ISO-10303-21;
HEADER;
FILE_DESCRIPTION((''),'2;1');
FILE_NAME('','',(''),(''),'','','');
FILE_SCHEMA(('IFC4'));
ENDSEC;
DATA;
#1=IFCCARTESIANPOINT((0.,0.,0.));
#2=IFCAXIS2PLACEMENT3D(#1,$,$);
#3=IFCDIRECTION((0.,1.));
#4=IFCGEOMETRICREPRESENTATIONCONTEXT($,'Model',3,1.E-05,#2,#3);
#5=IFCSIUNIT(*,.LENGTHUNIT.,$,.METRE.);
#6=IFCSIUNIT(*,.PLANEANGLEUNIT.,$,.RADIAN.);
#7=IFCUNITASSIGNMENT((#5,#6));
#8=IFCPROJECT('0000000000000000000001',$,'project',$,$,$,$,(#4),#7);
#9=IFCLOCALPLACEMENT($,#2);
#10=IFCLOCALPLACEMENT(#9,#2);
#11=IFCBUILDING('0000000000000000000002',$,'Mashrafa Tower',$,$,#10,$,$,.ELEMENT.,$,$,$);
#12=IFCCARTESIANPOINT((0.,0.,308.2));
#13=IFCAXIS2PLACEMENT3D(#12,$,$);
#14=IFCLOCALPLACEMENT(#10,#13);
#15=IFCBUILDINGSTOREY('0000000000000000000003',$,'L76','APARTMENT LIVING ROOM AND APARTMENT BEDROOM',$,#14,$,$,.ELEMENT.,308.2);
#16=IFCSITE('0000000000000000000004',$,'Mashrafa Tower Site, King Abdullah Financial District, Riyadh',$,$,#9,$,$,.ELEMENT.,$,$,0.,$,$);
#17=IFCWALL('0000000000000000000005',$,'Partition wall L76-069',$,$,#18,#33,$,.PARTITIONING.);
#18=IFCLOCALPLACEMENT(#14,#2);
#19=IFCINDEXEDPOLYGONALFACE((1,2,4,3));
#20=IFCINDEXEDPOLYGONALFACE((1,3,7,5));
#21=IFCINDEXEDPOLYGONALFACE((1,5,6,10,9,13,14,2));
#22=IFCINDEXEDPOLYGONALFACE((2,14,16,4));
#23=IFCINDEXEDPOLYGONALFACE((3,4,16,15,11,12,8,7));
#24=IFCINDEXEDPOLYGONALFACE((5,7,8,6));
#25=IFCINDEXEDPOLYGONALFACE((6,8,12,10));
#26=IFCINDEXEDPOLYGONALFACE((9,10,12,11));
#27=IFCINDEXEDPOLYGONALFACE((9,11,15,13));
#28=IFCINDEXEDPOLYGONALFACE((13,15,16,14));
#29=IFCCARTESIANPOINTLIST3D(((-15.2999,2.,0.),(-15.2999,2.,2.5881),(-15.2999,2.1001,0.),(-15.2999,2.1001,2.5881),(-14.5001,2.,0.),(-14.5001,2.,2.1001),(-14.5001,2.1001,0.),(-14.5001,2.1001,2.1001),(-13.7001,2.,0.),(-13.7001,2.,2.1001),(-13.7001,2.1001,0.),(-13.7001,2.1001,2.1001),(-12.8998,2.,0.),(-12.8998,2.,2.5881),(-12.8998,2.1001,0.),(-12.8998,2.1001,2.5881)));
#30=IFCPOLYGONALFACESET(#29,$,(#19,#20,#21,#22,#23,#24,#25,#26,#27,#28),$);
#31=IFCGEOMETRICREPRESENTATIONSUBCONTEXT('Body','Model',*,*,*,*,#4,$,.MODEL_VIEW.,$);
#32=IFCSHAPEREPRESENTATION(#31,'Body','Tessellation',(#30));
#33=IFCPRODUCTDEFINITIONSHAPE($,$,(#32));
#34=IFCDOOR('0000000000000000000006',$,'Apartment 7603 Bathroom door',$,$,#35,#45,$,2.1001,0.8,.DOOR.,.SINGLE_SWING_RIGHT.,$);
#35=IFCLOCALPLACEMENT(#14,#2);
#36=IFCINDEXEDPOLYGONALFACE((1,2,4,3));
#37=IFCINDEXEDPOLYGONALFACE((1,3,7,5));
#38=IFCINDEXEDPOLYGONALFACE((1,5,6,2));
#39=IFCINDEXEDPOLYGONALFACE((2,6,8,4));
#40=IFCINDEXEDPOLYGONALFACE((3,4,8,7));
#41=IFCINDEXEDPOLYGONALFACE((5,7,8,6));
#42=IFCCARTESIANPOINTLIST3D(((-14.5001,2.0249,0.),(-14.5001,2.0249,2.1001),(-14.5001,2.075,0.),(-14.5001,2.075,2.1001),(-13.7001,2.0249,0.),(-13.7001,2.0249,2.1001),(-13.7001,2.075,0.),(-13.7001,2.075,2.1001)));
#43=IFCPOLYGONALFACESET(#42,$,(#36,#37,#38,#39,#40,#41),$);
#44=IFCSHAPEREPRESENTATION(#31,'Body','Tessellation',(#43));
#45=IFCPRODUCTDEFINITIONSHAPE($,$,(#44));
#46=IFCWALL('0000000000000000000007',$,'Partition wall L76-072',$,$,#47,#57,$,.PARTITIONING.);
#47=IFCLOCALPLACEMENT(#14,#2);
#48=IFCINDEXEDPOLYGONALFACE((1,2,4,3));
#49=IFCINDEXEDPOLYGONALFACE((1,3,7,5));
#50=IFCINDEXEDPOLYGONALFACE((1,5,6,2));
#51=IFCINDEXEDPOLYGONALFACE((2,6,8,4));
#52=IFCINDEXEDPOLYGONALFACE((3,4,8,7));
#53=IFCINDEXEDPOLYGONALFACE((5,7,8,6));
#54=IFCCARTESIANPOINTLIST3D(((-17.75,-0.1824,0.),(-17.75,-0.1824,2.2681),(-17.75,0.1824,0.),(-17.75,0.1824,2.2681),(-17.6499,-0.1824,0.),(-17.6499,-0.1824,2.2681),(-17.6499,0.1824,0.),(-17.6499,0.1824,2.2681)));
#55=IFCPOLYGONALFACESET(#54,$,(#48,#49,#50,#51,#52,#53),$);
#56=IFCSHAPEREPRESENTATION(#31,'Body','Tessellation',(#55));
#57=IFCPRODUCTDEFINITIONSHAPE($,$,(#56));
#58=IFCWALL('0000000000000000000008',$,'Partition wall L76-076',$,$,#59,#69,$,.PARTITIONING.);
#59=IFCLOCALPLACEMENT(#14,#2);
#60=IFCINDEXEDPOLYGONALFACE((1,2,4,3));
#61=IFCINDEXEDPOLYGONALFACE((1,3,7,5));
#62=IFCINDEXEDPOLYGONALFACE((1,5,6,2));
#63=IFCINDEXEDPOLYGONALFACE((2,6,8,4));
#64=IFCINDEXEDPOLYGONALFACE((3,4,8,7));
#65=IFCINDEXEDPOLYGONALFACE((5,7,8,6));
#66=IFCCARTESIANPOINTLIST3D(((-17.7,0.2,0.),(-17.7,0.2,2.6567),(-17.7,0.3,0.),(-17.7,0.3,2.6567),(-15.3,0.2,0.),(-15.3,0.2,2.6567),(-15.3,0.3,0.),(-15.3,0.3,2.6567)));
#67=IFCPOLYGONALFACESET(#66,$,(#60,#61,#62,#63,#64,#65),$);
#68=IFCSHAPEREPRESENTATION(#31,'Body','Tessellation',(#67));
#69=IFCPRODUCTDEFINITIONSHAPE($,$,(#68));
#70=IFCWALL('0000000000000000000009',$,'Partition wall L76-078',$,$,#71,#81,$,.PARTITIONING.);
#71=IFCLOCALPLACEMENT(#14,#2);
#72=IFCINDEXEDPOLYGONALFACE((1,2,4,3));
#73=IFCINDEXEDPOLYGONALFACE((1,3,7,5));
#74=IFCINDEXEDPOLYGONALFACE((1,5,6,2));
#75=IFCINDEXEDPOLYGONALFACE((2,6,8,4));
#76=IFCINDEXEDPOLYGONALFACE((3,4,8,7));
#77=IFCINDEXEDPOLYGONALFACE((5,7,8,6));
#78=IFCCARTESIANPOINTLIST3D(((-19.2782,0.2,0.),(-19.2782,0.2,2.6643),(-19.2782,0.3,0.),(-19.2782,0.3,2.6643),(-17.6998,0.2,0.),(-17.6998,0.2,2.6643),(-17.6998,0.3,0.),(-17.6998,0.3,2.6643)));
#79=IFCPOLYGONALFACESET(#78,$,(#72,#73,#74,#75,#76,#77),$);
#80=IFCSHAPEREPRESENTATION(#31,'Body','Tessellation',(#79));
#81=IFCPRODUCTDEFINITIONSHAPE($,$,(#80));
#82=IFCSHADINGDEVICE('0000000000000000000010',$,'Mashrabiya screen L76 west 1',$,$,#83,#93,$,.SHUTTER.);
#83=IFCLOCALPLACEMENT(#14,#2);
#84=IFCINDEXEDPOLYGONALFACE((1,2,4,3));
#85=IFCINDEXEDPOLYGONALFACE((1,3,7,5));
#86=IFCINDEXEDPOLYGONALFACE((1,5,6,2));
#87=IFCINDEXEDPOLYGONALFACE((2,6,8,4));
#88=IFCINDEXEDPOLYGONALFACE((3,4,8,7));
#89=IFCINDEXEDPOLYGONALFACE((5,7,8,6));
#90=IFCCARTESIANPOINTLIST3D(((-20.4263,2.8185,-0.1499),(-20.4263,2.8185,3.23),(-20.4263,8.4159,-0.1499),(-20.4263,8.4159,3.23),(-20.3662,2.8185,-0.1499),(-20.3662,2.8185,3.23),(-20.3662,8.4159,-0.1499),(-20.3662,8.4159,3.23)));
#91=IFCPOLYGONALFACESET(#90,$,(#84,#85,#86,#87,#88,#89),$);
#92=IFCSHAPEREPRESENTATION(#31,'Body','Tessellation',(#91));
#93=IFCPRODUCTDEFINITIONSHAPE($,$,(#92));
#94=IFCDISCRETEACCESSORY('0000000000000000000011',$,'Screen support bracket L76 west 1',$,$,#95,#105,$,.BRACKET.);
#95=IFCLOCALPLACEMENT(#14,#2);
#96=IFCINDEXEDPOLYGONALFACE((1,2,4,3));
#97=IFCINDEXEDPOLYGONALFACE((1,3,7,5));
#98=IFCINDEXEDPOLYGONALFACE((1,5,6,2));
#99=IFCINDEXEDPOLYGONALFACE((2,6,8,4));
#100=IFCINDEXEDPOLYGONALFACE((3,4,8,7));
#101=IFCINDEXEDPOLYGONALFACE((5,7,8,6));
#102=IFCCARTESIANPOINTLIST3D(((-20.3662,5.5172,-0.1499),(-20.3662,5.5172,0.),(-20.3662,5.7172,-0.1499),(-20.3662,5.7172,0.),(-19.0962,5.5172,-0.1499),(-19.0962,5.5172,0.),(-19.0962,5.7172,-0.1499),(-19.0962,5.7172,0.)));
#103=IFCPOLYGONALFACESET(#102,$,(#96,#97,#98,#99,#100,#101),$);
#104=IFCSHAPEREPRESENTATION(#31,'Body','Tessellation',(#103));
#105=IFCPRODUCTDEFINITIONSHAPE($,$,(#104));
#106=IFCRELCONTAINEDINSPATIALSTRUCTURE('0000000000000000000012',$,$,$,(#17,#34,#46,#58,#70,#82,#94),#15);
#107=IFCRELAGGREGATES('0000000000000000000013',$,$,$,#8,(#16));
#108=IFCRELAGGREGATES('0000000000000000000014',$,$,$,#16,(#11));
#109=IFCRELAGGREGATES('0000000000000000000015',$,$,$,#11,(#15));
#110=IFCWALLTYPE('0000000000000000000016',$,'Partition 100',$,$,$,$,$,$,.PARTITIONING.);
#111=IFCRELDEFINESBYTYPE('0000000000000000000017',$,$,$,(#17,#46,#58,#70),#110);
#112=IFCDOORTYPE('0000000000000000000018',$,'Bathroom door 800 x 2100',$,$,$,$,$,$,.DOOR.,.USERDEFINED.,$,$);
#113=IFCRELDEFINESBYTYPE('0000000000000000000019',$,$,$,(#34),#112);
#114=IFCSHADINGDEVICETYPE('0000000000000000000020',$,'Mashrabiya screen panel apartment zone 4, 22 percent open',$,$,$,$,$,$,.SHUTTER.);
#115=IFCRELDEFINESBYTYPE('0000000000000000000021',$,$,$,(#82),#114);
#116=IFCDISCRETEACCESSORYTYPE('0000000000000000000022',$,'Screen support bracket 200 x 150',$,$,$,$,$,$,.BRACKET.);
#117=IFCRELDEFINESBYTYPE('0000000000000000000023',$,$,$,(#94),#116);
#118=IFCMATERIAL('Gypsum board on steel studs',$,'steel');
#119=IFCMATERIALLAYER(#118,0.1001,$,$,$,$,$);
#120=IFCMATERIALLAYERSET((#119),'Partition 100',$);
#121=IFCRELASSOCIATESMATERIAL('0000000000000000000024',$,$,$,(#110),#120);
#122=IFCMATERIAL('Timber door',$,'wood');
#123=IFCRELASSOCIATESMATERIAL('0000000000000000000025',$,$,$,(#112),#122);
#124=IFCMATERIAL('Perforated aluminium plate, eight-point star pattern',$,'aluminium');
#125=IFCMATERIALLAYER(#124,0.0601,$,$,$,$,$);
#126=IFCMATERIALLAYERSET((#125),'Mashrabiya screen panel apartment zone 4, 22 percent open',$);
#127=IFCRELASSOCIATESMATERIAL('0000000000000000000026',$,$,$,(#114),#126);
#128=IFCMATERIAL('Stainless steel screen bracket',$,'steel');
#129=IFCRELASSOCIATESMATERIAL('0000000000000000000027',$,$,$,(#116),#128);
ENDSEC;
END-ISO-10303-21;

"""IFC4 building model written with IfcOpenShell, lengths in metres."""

from ifc_helpers import new_model, si_unit, direction, frame, frame_2d, origin, origin_2d, place, context, subcontext, project, spatial, rectangle, extrude, source, transform, mapped, material, layer, layer_set, type_object, type_shapes, element, fill, save


model = new_model("IFC4")

# Units and contexts
model_context = context("Model", 3, precision=1e-05, world=origin(), true_north=direction((0.0, 1.0)))
body_context = subcontext(model_context, "Body", "Model", "MODEL_VIEW")
ifc_project = project(units=[si_unit("LENGTHUNIT", "METRE"), si_unit("PLANEANGLEUNIT", "RADIAN")], contexts=[model_context])

# Site, building, storey
site_placement = place(None, origin())
site = spatial("IfcSite", under=ifc_project, at=site_placement, Name="Mashrafa Tower Site, King Abdullah Financial District, Riyadh", CompositionType="ELEMENT", RefElevation=0.0)
building_placement = place(site_placement, origin())
building = spatial("IfcBuilding", under=site, at=building_placement, Name="Mashrafa Tower", CompositionType="ELEMENT")
storey_placement = place(building_placement, frame((0.0, 0.0, 308.2)))
storey = spatial("IfcBuildingStorey", under=building, at=storey_placement, Name="L76", Description="APARTMENT LIVING ROOM AND APARTMENT BEDROOM", CompositionType="ELEMENT", Elevation=308.2)

# Wall, opening, door
ifc_material_1 = material(Name="Gypsum board on steel studs", Category="steel")
ifc_layer_1 = layer(ifc_material_1, 0.1001)
ifc_layer_set_1 = layer_set([ifc_layer_1], Name="Partition 100")
wall_type = type_object("IfcWallType", Name="Partition 100", PredefinedType="PARTITIONING", material=ifc_layer_set_1)
wall_1_placement = place(storey_placement, frame((-15.3, 2.05, 0.0), z_axis=(0.0, 0.0, 1.0), x_axis=(1.0, 0.0, 0.0)))
wall_1 = element("IfcWall", 1, at=wall_1_placement, inside=storey, type_object=wall_type, Name="Partition wall L76-069", PredefinedType="PARTITIONING", context=body_context, shape_type="SweptSolid", body=[
    extrude(rectangle(XDim=2.4001, YDim=0.1001, at=frame_2d((1.2002, 0.0))), origin(), (0.0, 0.0, 1.0), 2.5881),
])
opening_placement = place(wall_1_placement, frame((0.8, 0.0, 0.0)))
opening = element("IfcOpeningElement", 2, at=opening_placement, cuts=wall_1, PredefinedType="OPENING", context=body_context, shape_type="SweptSolid", body=[
    extrude(rectangle(XDim=0.8, YDim=2.1001, at=frame_2d((0.3999, 1.05))), frame((0.0, 0.0601, 0.0), z_axis=(0.0, -1.0, 0.0), x_axis=(1.0, 0.0, 0.0)), (0.0, 0.0, 1.0), 0.1201),
])
ifc_material_2 = material(Name="Timber door", Category="wood")
door_type = type_object("IfcDoorType", Name="Bathroom door 800 x 2100", OperationType="USERDEFINED", PredefinedType="DOOR", material=ifc_material_2)
door_placement = place(opening_placement, origin())
door = element("IfcDoor", 3, at=door_placement, inside=storey, type_object=door_type, Name="Apartment 7603 Bathroom door", OperationType="SINGLE_SWING_RIGHT", OverallHeight=2.1001, OverallWidth=0.8, PredefinedType="DOOR", context=body_context, shape_type="SweptSolid", body=[
    extrude(rectangle(XDim=0.8, YDim=2.1001, at=frame_2d((0.3999, 1.05))), frame((0.0, 0.0249, 0.0), z_axis=(0.0, -1.0, 0.0), x_axis=(1.0, 0.0, 0.0)), (0.0, 0.0, 1.0), 0.05),
])
fill(opening, door)

# Walls
wall_2_placement = place(storey_placement, frame((-17.7, 0.1824, 0.0), z_axis=(0.0, 0.0, 1.0), x_axis=(0.0, -1.0, 0.0)))
element("IfcWall", 4, at=wall_2_placement, inside=storey, type_object=wall_type, Name="Partition wall L76-072", PredefinedType="PARTITIONING", context=body_context, shape_type="SweptSolid", body=[
    extrude(rectangle(XDim=0.3647, YDim=0.1001, at=frame_2d((0.1824, 0.0))), origin(), (0.0, 0.0, 1.0), 2.2681),
])
wall_3_placement = place(storey_placement, frame((-15.3, 0.25, 0.0), z_axis=(0.0, 0.0, 1.0), x_axis=(-1.0, 0.0, 0.0)))
element("IfcWall", 5, at=wall_3_placement, inside=storey, type_object=wall_type, Name="Partition wall L76-076", PredefinedType="PARTITIONING", context=body_context, shape_type="SweptSolid", body=[
    extrude(rectangle(XDim=2.3999, YDim=0.1001, at=frame_2d((1.2, 0.0))), origin(), (0.0, 0.0, 1.0), 2.6567),
])
wall_4_placement = place(storey_placement, frame((-17.7, 0.25, 0.0), z_axis=(0.0, 0.0, 1.0), x_axis=(-1.0, 0.0, 0.0)))
element("IfcWall", 6, at=wall_4_placement, inside=storey, type_object=wall_type, Name="Partition wall L76-078", PredefinedType="PARTITIONING", context=body_context, shape_type="SweptSolid", body=[
    extrude(rectangle(XDim=1.5784, YDim=0.1001, at=frame_2d((0.7891, 0.0))), origin(), (0.0, 0.0, 1.0), 2.6643),
])

# Shading device
ifc_material_3 = material(Name="Perforated aluminium plate, eight-point star pattern", Category="aluminium")
ifc_layer_2 = layer(ifc_material_3, 0.0601)
ifc_layer_set_2 = layer_set([ifc_layer_2], Name="Mashrabiya screen panel apartment zone 4, 22 percent open")
shading_device_type = type_object("IfcShadingDeviceType", Name="Mashrabiya screen panel apartment zone 4, 22 percent open", PredefinedType="SHUTTER", material=ifc_layer_set_2)
shared_shape_1 = source(origin(), body_context, "Body", "SweptSolid", [
    extrude(rectangle(XDim=5.5974, YDim=0.0601, at=origin_2d()), origin(), (0.0, 0.0, 1.0), 3.3799),
])
type_shapes(shading_device_type, [shared_shape_1])
shading_device_placement = place(storey_placement, frame((-20.3962, 5.6172, -0.1499), z_axis=(0.0, 0.0, 1.0), x_axis=(0.0, -1.0, 0.0)))
element("IfcShadingDevice", 7, at=shading_device_placement, inside=storey, type_object=shading_device_type, Name="Mashrabiya screen L76 west 1", PredefinedType="SHUTTER", context=body_context, shape_type="MappedRepresentation", body=[
    mapped(shared_shape_1, transform((0.0, 0.0, 0.0))),
])

# Discrete accessory
ifc_material_4 = material(Name="Stainless steel screen bracket", Category="steel")
discrete_accessory_type = type_object("IfcDiscreteAccessoryType", Name="Screen support bracket 200 x 150", PredefinedType="BRACKET", material=ifc_material_4)
shared_shape_2 = source(origin(), body_context, "Body", "SweptSolid", [
    extrude(rectangle(XDim=0.2, YDim=1.27, at=origin_2d()), origin(), (0.0, 0.0, 1.0), 0.1499),
])
type_shapes(discrete_accessory_type, [shared_shape_2])
discrete_accessory_placement = place(storey_placement, frame((-19.7312, 5.6172, -0.1499), z_axis=(0.0, 0.0, 1.0), x_axis=(0.0, -1.0, 0.0)))
element("IfcDiscreteAccessory", 8, at=discrete_accessory_placement, inside=storey, type_object=discrete_accessory_type, Name="Screen support bracket L76 west 1", PredefinedType="BRACKET", context=body_context, shape_type="MappedRepresentation", body=[
    mapped(shared_shape_2, transform((0.0, 0.0, 0.0))),
])

save(model, "model.ifc")
